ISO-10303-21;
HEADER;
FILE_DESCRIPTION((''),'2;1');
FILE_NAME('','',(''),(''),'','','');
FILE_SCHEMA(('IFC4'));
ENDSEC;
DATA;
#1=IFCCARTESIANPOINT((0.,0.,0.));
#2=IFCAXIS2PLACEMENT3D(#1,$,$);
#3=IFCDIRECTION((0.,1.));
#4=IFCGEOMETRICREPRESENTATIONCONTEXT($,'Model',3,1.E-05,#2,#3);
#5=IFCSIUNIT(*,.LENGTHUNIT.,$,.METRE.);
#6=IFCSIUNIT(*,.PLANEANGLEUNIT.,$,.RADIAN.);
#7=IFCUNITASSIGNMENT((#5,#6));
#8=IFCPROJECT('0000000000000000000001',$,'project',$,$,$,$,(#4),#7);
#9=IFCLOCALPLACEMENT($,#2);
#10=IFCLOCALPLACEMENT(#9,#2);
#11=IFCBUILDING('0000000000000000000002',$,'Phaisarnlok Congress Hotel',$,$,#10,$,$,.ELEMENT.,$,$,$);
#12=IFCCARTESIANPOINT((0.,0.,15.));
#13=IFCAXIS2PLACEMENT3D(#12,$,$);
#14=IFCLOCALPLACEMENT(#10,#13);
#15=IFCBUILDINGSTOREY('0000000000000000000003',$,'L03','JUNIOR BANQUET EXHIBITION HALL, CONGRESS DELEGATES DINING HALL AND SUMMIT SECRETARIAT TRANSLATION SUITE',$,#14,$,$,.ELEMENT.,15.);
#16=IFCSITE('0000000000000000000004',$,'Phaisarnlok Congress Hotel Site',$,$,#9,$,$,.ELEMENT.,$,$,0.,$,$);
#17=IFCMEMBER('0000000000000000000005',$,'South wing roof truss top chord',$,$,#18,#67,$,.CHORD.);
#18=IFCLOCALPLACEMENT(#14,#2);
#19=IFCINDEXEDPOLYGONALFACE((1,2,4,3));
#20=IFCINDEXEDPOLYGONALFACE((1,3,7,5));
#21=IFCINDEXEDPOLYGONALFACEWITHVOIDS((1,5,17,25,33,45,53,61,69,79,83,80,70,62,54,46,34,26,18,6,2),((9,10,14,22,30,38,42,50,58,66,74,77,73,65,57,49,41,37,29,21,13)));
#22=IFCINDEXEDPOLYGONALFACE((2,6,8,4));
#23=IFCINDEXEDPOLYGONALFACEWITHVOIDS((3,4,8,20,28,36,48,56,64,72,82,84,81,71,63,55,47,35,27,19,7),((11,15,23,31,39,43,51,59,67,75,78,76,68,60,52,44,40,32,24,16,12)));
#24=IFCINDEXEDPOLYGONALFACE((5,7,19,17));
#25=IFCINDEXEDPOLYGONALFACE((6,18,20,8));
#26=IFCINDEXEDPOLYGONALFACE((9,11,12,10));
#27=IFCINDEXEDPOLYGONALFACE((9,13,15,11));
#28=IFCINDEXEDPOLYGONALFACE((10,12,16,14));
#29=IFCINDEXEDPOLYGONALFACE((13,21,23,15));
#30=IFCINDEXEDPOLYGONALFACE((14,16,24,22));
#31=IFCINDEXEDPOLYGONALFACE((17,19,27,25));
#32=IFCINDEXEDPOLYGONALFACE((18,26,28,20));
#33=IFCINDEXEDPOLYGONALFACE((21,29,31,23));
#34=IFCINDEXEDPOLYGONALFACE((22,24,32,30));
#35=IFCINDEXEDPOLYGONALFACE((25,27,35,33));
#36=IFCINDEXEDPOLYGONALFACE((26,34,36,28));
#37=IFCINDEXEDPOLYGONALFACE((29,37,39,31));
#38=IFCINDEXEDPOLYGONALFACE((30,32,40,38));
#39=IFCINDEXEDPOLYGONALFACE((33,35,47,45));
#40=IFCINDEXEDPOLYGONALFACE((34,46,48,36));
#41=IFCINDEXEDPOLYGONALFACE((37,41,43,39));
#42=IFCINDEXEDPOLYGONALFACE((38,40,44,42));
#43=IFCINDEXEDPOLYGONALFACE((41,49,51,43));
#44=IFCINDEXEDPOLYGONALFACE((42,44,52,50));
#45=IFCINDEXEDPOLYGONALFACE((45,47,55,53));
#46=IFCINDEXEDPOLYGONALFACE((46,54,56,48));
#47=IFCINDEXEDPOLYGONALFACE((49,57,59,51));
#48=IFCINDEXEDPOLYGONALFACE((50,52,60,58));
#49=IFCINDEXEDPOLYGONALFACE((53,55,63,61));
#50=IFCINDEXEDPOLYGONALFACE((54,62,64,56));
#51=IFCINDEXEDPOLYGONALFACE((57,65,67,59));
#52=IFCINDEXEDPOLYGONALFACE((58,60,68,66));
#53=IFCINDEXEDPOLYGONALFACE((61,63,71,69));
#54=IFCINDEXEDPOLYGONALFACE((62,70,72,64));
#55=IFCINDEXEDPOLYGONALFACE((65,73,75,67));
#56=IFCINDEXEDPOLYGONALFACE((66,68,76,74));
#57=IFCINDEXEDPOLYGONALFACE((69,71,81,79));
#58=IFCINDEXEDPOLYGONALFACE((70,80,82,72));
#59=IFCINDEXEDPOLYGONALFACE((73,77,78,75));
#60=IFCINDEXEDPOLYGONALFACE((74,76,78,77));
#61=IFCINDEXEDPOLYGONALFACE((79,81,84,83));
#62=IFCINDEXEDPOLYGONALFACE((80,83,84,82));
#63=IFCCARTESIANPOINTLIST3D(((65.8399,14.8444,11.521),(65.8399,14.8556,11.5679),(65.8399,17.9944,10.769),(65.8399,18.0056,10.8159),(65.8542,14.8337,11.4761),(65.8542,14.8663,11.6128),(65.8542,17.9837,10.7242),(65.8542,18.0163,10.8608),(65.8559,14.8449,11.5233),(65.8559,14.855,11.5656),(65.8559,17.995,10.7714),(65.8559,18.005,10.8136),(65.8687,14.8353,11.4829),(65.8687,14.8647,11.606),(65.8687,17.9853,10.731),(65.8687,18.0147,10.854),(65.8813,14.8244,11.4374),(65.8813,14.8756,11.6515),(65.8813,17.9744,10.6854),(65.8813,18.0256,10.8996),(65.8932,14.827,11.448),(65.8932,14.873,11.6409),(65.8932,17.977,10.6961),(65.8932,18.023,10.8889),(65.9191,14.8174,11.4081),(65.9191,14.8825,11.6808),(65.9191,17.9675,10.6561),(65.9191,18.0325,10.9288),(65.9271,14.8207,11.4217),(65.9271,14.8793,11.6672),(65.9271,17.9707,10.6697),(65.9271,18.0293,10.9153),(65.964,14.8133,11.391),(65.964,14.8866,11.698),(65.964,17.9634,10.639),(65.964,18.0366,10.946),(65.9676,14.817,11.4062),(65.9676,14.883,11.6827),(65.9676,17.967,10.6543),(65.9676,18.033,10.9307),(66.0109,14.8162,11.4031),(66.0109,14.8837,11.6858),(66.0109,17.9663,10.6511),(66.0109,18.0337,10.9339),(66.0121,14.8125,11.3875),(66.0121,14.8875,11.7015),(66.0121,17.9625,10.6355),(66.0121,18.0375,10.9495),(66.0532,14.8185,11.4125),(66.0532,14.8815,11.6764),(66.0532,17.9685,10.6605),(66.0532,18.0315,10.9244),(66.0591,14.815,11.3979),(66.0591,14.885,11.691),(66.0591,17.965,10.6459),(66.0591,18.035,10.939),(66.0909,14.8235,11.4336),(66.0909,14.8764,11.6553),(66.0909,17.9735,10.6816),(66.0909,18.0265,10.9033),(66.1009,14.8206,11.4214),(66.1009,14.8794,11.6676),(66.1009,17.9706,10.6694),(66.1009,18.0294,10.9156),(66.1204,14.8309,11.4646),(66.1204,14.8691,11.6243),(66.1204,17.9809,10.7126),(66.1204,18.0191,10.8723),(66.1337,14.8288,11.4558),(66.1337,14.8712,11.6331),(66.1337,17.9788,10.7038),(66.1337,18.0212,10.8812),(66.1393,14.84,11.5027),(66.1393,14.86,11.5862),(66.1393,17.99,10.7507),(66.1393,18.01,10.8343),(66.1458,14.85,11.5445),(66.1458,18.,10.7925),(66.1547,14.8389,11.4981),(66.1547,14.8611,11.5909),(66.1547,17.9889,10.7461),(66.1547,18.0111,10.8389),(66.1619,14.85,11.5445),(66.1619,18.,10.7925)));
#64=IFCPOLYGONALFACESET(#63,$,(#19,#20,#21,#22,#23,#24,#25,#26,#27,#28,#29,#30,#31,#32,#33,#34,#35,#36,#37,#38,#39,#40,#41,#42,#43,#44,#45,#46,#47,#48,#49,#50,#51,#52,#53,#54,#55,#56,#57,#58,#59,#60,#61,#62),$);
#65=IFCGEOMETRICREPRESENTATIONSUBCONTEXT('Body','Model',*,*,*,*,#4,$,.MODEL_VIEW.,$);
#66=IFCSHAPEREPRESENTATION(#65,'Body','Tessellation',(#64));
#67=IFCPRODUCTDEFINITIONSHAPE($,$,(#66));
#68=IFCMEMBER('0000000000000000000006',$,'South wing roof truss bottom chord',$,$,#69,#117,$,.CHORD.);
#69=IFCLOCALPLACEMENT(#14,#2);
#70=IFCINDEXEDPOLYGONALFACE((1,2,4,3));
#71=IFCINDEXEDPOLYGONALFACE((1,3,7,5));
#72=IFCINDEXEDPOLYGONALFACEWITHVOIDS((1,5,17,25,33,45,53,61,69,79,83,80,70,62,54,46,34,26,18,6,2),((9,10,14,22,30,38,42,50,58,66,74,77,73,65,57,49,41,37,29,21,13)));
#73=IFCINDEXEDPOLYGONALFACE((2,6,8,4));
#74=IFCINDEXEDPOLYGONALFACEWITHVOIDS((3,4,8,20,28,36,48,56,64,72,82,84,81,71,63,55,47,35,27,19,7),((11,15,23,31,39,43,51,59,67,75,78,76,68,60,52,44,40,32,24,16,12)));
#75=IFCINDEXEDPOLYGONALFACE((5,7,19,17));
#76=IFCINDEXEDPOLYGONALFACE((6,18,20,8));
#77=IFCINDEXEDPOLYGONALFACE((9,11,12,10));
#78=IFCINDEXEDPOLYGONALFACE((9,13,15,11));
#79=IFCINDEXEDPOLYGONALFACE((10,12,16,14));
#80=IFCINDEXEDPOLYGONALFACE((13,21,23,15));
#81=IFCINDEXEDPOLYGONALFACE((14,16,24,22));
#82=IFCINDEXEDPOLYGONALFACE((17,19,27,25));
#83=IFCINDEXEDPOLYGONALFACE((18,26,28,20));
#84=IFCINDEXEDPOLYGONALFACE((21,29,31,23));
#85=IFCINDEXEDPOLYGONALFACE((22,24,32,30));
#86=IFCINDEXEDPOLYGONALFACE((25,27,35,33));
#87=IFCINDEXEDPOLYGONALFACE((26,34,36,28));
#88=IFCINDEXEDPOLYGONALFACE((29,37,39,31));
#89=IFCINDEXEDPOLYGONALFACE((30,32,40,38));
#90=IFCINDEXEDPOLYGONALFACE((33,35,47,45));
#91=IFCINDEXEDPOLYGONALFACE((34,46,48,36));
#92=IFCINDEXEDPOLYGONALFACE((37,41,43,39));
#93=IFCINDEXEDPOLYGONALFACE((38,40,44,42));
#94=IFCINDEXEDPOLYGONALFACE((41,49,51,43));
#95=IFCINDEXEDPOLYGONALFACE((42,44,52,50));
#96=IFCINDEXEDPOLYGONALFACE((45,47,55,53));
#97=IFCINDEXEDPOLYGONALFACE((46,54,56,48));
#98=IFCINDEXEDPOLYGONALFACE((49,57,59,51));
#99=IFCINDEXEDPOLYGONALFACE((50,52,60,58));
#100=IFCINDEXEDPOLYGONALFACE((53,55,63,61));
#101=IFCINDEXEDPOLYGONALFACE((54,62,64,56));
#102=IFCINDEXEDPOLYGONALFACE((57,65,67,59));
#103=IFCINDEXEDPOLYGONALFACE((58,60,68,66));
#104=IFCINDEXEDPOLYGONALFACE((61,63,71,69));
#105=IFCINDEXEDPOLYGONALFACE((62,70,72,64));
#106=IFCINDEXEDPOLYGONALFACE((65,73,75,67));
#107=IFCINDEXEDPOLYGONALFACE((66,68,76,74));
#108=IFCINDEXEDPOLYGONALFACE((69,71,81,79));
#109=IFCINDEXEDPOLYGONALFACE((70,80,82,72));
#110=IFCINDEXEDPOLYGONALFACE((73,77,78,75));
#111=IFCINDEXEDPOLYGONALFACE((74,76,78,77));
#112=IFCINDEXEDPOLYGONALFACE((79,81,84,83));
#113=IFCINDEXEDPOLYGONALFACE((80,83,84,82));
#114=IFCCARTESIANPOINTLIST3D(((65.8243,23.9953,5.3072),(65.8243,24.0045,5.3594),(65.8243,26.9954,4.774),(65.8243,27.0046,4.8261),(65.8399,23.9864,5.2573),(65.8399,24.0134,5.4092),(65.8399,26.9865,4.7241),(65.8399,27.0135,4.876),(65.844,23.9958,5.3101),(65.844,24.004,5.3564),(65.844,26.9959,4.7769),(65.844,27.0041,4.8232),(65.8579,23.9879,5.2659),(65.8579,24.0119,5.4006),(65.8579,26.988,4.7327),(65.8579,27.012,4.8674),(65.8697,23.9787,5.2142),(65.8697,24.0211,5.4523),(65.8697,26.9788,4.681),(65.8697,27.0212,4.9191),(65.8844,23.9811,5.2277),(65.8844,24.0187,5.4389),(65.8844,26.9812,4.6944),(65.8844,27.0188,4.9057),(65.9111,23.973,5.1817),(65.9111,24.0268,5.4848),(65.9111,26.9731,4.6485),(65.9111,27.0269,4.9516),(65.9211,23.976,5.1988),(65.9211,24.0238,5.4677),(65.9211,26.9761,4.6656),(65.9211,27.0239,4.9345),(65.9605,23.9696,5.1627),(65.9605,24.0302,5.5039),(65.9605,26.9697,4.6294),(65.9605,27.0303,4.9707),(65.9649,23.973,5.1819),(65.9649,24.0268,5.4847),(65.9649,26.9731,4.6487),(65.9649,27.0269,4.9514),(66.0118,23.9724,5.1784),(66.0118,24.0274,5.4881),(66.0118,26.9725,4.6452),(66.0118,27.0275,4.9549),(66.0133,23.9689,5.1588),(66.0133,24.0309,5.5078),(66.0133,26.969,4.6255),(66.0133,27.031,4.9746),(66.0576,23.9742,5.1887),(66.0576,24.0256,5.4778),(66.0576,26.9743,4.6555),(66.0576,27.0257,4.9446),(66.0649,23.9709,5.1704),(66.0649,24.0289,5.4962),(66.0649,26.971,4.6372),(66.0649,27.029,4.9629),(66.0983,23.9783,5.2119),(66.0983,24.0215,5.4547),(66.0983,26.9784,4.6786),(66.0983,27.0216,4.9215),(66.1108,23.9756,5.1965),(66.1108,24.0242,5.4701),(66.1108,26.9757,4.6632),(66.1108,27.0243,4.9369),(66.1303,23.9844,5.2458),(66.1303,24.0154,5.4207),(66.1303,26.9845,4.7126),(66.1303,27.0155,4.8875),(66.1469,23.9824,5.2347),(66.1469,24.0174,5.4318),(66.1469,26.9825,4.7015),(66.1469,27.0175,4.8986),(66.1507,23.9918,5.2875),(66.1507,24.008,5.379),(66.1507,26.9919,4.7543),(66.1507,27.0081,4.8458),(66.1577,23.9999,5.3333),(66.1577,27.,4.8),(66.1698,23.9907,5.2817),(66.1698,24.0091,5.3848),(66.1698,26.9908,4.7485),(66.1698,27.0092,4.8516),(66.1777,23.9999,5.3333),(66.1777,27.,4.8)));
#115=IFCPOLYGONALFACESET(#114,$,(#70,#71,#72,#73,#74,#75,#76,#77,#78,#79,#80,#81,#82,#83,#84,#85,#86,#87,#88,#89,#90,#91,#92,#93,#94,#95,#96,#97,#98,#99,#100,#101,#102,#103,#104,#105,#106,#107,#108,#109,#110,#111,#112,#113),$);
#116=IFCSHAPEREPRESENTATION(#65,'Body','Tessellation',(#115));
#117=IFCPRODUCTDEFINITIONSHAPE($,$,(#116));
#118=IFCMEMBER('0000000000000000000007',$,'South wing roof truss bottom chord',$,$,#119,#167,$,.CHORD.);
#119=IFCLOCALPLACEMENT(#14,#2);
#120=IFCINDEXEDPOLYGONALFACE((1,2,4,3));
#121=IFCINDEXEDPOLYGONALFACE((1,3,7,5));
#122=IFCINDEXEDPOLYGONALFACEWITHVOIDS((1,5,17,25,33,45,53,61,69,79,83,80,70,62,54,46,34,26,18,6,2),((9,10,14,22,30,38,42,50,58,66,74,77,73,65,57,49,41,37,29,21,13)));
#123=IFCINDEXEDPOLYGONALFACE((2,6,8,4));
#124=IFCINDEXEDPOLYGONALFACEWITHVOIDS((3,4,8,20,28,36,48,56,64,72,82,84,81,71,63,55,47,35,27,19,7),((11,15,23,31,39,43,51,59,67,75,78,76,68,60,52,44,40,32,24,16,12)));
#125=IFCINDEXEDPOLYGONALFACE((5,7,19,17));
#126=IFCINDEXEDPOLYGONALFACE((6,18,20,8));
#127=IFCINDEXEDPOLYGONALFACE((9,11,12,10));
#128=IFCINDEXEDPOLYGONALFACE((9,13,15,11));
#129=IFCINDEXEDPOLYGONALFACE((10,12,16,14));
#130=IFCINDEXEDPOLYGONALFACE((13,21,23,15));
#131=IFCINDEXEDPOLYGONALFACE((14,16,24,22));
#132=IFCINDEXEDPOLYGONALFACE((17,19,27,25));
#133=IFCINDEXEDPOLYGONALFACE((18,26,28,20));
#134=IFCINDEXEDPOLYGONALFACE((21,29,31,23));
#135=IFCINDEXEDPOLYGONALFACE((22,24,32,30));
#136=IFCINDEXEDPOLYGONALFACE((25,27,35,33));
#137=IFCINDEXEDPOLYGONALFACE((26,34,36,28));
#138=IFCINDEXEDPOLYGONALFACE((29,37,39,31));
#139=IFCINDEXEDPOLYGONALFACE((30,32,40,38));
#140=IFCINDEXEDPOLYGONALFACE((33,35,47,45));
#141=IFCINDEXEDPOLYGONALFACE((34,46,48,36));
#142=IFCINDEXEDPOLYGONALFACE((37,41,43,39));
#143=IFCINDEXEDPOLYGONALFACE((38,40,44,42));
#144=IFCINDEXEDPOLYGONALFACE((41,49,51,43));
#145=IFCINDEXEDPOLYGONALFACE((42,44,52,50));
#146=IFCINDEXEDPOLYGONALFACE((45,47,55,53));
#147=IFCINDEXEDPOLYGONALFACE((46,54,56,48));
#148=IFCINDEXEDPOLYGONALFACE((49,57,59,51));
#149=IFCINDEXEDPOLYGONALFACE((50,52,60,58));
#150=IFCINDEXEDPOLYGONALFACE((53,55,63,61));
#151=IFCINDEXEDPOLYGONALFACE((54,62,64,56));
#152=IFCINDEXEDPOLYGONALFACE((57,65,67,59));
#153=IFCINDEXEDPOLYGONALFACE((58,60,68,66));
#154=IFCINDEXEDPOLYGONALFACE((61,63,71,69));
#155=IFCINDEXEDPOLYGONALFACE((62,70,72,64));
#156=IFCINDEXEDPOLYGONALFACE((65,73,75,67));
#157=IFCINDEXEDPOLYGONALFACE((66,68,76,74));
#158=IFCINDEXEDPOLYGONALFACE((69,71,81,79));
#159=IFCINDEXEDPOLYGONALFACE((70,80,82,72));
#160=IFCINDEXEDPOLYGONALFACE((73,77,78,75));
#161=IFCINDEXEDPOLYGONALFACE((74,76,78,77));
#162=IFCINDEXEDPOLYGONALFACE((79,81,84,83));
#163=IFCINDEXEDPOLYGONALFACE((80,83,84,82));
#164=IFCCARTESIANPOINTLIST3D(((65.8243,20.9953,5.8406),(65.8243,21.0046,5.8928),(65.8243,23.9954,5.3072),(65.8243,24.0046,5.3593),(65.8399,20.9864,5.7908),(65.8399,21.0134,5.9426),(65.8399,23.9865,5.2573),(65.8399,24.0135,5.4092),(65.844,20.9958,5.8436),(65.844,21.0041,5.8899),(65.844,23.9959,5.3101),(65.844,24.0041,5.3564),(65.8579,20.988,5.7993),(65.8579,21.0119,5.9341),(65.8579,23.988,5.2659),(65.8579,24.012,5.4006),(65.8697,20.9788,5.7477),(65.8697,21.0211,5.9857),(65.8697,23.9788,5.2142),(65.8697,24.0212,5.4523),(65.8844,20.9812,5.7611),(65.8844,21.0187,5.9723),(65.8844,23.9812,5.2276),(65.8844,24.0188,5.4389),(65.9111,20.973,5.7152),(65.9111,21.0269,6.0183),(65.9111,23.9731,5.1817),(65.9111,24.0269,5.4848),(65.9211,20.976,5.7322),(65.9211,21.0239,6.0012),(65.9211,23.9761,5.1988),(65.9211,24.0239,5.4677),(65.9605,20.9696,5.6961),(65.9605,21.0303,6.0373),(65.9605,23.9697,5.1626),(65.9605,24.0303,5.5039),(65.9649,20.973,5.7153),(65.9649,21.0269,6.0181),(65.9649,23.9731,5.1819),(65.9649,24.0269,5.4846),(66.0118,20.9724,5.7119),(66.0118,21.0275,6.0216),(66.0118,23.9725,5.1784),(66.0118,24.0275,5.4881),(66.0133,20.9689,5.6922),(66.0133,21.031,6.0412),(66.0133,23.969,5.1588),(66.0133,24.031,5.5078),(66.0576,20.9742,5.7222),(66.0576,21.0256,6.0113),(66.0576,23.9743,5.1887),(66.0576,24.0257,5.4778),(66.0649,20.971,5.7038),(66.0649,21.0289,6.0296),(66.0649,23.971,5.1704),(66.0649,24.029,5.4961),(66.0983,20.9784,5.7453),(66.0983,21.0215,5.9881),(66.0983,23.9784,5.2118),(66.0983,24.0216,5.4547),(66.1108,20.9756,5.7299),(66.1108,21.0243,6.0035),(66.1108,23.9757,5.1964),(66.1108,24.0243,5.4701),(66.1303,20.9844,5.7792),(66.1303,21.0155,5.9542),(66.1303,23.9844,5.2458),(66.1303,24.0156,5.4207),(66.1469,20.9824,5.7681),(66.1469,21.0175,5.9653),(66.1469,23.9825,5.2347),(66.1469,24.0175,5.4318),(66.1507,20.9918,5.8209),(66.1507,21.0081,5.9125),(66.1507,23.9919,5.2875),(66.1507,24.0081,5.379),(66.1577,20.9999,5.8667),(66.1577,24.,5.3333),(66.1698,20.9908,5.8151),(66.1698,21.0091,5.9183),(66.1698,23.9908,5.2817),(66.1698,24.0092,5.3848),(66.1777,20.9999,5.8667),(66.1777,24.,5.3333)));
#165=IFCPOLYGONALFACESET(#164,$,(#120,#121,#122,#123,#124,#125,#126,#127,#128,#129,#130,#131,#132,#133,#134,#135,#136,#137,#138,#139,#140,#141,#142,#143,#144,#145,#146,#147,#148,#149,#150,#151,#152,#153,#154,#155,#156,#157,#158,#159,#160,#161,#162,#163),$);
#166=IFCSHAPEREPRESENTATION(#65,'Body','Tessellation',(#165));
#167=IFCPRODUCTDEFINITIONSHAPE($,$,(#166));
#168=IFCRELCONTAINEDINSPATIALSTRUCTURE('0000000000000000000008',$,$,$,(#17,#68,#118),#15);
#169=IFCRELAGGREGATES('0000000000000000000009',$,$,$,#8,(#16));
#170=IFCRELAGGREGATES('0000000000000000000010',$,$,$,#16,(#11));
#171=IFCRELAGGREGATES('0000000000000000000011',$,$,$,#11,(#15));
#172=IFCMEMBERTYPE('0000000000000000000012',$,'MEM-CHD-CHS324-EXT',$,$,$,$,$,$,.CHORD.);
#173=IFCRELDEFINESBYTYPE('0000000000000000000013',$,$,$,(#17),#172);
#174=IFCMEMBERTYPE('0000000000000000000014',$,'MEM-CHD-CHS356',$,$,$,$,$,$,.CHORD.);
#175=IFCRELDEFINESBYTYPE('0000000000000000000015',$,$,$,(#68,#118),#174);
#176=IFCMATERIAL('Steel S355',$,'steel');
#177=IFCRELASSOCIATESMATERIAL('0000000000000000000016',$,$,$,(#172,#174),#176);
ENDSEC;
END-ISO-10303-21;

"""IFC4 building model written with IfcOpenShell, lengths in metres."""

from ifc_helpers import new_model, si_unit, direction, frame, origin, origin_2d, place, context, subcontext, project, spatial, hollow_circle, extrude, material, material_profile, profile_set, type_object, element, save


model = new_model("IFC4")

# Units and contexts
model_context = context("Model", 3, precision=1e-05, world=origin(), true_north=direction((0.0, 1.0)))
body_context = subcontext(model_context, "Body", "Model", "MODEL_VIEW")
ifc_project = project(units=[si_unit("LENGTHUNIT", "METRE"), si_unit("PLANEANGLEUNIT", "RADIAN")], contexts=[model_context])

# Site, building, storey
site_placement = place(None, origin())
site = spatial("IfcSite", under=ifc_project, at=site_placement, Name="Phaisarnlok Congress Hotel Site", CompositionType="ELEMENT", RefElevation=0.0)
building_placement = place(site_placement, origin())
building = spatial("IfcBuilding", under=site, at=building_placement, Name="Phaisarnlok Congress Hotel", CompositionType="ELEMENT")
storey_placement = place(building_placement, frame((0.0, 0.0, 15.0)))
storey = spatial("IfcBuildingStorey", under=building, at=storey_placement, Name="L03", Description="JUNIOR BANQUET EXHIBITION HALL, CONGRESS DELEGATES DINING HALL AND SUMMIT SECRETARIAT TRANSLATION SUITE", CompositionType="ELEMENT", Elevation=15.0)

# Shared definitions
ifc_material_1 = material(Name="Steel S355", Category="steel")

# Members
ifc_material_profile_1 = material_profile(ifc_material_1, hollow_circle(Radius=0.1619, WallThickness=0.0161, at=origin_2d()), Name="CHS 323.9x16")
ifc_profile_set_1 = profile_set([ifc_material_profile_1], Name="Steel S355")
member_type_1 = type_object("IfcMemberType", Name="MEM-CHD-CHS324-EXT", PredefinedType="CHORD", material=ifc_profile_set_1)
member_1_placement = place(storey_placement, frame((66.0, 18.0, 10.7925), z_axis=(0.0, -0.972669, 0.232198), x_axis=(1.0, 0.0, 0.0)))
element("IfcMember", 1, at=member_1_placement, inside=storey, type_object=member_type_1, Name="South wing roof truss top chord", PredefinedType="CHORD", context=body_context, shape_type="SweptSolid", body=[
    extrude(hollow_circle(Radius=0.1619, WallThickness=0.0161, at=origin_2d()), origin(), (0.0, 0.0, 1.0), 3.2385),
])
ifc_material_profile_2 = material_profile(ifc_material_1, hollow_circle(Radius=0.1777, WallThickness=0.02, at=origin_2d()), Name="CHS 355.6x20")
ifc_profile_set_2 = profile_set([ifc_material_profile_2], Name="Steel S355")
member_type_2 = type_object("IfcMemberType", Name="MEM-CHD-CHS356", PredefinedType="CHORD", material=ifc_profile_set_2)
for number, where, z_axis, x_axis, name in (
    (2, (66.0, 27.0, 4.8), (0.0, -0.98457, 0.174992), (1.0, 0.0, 0.0), "South wing roof truss bottom chord"),
    (3, (66.0, 24.0, 5.3333), (0.0, -0.984556, 0.17507), (1.0, 0.0, 0.0), "South wing roof truss bottom chord"),
):
    element("IfcMember", number, at=place(storey_placement, frame(where, z_axis=z_axis, x_axis=x_axis)), inside=storey, type_object=member_type_2, Name=name, PredefinedType="CHORD", context=body_context, shape_type="SweptSolid", body=[
        extrude(hollow_circle(Radius=0.1777, WallThickness=0.02, at=origin_2d()), origin(), (0.0, 0.0, 1.0), 3.0471),
    ])

save(model, "model.ifc")
